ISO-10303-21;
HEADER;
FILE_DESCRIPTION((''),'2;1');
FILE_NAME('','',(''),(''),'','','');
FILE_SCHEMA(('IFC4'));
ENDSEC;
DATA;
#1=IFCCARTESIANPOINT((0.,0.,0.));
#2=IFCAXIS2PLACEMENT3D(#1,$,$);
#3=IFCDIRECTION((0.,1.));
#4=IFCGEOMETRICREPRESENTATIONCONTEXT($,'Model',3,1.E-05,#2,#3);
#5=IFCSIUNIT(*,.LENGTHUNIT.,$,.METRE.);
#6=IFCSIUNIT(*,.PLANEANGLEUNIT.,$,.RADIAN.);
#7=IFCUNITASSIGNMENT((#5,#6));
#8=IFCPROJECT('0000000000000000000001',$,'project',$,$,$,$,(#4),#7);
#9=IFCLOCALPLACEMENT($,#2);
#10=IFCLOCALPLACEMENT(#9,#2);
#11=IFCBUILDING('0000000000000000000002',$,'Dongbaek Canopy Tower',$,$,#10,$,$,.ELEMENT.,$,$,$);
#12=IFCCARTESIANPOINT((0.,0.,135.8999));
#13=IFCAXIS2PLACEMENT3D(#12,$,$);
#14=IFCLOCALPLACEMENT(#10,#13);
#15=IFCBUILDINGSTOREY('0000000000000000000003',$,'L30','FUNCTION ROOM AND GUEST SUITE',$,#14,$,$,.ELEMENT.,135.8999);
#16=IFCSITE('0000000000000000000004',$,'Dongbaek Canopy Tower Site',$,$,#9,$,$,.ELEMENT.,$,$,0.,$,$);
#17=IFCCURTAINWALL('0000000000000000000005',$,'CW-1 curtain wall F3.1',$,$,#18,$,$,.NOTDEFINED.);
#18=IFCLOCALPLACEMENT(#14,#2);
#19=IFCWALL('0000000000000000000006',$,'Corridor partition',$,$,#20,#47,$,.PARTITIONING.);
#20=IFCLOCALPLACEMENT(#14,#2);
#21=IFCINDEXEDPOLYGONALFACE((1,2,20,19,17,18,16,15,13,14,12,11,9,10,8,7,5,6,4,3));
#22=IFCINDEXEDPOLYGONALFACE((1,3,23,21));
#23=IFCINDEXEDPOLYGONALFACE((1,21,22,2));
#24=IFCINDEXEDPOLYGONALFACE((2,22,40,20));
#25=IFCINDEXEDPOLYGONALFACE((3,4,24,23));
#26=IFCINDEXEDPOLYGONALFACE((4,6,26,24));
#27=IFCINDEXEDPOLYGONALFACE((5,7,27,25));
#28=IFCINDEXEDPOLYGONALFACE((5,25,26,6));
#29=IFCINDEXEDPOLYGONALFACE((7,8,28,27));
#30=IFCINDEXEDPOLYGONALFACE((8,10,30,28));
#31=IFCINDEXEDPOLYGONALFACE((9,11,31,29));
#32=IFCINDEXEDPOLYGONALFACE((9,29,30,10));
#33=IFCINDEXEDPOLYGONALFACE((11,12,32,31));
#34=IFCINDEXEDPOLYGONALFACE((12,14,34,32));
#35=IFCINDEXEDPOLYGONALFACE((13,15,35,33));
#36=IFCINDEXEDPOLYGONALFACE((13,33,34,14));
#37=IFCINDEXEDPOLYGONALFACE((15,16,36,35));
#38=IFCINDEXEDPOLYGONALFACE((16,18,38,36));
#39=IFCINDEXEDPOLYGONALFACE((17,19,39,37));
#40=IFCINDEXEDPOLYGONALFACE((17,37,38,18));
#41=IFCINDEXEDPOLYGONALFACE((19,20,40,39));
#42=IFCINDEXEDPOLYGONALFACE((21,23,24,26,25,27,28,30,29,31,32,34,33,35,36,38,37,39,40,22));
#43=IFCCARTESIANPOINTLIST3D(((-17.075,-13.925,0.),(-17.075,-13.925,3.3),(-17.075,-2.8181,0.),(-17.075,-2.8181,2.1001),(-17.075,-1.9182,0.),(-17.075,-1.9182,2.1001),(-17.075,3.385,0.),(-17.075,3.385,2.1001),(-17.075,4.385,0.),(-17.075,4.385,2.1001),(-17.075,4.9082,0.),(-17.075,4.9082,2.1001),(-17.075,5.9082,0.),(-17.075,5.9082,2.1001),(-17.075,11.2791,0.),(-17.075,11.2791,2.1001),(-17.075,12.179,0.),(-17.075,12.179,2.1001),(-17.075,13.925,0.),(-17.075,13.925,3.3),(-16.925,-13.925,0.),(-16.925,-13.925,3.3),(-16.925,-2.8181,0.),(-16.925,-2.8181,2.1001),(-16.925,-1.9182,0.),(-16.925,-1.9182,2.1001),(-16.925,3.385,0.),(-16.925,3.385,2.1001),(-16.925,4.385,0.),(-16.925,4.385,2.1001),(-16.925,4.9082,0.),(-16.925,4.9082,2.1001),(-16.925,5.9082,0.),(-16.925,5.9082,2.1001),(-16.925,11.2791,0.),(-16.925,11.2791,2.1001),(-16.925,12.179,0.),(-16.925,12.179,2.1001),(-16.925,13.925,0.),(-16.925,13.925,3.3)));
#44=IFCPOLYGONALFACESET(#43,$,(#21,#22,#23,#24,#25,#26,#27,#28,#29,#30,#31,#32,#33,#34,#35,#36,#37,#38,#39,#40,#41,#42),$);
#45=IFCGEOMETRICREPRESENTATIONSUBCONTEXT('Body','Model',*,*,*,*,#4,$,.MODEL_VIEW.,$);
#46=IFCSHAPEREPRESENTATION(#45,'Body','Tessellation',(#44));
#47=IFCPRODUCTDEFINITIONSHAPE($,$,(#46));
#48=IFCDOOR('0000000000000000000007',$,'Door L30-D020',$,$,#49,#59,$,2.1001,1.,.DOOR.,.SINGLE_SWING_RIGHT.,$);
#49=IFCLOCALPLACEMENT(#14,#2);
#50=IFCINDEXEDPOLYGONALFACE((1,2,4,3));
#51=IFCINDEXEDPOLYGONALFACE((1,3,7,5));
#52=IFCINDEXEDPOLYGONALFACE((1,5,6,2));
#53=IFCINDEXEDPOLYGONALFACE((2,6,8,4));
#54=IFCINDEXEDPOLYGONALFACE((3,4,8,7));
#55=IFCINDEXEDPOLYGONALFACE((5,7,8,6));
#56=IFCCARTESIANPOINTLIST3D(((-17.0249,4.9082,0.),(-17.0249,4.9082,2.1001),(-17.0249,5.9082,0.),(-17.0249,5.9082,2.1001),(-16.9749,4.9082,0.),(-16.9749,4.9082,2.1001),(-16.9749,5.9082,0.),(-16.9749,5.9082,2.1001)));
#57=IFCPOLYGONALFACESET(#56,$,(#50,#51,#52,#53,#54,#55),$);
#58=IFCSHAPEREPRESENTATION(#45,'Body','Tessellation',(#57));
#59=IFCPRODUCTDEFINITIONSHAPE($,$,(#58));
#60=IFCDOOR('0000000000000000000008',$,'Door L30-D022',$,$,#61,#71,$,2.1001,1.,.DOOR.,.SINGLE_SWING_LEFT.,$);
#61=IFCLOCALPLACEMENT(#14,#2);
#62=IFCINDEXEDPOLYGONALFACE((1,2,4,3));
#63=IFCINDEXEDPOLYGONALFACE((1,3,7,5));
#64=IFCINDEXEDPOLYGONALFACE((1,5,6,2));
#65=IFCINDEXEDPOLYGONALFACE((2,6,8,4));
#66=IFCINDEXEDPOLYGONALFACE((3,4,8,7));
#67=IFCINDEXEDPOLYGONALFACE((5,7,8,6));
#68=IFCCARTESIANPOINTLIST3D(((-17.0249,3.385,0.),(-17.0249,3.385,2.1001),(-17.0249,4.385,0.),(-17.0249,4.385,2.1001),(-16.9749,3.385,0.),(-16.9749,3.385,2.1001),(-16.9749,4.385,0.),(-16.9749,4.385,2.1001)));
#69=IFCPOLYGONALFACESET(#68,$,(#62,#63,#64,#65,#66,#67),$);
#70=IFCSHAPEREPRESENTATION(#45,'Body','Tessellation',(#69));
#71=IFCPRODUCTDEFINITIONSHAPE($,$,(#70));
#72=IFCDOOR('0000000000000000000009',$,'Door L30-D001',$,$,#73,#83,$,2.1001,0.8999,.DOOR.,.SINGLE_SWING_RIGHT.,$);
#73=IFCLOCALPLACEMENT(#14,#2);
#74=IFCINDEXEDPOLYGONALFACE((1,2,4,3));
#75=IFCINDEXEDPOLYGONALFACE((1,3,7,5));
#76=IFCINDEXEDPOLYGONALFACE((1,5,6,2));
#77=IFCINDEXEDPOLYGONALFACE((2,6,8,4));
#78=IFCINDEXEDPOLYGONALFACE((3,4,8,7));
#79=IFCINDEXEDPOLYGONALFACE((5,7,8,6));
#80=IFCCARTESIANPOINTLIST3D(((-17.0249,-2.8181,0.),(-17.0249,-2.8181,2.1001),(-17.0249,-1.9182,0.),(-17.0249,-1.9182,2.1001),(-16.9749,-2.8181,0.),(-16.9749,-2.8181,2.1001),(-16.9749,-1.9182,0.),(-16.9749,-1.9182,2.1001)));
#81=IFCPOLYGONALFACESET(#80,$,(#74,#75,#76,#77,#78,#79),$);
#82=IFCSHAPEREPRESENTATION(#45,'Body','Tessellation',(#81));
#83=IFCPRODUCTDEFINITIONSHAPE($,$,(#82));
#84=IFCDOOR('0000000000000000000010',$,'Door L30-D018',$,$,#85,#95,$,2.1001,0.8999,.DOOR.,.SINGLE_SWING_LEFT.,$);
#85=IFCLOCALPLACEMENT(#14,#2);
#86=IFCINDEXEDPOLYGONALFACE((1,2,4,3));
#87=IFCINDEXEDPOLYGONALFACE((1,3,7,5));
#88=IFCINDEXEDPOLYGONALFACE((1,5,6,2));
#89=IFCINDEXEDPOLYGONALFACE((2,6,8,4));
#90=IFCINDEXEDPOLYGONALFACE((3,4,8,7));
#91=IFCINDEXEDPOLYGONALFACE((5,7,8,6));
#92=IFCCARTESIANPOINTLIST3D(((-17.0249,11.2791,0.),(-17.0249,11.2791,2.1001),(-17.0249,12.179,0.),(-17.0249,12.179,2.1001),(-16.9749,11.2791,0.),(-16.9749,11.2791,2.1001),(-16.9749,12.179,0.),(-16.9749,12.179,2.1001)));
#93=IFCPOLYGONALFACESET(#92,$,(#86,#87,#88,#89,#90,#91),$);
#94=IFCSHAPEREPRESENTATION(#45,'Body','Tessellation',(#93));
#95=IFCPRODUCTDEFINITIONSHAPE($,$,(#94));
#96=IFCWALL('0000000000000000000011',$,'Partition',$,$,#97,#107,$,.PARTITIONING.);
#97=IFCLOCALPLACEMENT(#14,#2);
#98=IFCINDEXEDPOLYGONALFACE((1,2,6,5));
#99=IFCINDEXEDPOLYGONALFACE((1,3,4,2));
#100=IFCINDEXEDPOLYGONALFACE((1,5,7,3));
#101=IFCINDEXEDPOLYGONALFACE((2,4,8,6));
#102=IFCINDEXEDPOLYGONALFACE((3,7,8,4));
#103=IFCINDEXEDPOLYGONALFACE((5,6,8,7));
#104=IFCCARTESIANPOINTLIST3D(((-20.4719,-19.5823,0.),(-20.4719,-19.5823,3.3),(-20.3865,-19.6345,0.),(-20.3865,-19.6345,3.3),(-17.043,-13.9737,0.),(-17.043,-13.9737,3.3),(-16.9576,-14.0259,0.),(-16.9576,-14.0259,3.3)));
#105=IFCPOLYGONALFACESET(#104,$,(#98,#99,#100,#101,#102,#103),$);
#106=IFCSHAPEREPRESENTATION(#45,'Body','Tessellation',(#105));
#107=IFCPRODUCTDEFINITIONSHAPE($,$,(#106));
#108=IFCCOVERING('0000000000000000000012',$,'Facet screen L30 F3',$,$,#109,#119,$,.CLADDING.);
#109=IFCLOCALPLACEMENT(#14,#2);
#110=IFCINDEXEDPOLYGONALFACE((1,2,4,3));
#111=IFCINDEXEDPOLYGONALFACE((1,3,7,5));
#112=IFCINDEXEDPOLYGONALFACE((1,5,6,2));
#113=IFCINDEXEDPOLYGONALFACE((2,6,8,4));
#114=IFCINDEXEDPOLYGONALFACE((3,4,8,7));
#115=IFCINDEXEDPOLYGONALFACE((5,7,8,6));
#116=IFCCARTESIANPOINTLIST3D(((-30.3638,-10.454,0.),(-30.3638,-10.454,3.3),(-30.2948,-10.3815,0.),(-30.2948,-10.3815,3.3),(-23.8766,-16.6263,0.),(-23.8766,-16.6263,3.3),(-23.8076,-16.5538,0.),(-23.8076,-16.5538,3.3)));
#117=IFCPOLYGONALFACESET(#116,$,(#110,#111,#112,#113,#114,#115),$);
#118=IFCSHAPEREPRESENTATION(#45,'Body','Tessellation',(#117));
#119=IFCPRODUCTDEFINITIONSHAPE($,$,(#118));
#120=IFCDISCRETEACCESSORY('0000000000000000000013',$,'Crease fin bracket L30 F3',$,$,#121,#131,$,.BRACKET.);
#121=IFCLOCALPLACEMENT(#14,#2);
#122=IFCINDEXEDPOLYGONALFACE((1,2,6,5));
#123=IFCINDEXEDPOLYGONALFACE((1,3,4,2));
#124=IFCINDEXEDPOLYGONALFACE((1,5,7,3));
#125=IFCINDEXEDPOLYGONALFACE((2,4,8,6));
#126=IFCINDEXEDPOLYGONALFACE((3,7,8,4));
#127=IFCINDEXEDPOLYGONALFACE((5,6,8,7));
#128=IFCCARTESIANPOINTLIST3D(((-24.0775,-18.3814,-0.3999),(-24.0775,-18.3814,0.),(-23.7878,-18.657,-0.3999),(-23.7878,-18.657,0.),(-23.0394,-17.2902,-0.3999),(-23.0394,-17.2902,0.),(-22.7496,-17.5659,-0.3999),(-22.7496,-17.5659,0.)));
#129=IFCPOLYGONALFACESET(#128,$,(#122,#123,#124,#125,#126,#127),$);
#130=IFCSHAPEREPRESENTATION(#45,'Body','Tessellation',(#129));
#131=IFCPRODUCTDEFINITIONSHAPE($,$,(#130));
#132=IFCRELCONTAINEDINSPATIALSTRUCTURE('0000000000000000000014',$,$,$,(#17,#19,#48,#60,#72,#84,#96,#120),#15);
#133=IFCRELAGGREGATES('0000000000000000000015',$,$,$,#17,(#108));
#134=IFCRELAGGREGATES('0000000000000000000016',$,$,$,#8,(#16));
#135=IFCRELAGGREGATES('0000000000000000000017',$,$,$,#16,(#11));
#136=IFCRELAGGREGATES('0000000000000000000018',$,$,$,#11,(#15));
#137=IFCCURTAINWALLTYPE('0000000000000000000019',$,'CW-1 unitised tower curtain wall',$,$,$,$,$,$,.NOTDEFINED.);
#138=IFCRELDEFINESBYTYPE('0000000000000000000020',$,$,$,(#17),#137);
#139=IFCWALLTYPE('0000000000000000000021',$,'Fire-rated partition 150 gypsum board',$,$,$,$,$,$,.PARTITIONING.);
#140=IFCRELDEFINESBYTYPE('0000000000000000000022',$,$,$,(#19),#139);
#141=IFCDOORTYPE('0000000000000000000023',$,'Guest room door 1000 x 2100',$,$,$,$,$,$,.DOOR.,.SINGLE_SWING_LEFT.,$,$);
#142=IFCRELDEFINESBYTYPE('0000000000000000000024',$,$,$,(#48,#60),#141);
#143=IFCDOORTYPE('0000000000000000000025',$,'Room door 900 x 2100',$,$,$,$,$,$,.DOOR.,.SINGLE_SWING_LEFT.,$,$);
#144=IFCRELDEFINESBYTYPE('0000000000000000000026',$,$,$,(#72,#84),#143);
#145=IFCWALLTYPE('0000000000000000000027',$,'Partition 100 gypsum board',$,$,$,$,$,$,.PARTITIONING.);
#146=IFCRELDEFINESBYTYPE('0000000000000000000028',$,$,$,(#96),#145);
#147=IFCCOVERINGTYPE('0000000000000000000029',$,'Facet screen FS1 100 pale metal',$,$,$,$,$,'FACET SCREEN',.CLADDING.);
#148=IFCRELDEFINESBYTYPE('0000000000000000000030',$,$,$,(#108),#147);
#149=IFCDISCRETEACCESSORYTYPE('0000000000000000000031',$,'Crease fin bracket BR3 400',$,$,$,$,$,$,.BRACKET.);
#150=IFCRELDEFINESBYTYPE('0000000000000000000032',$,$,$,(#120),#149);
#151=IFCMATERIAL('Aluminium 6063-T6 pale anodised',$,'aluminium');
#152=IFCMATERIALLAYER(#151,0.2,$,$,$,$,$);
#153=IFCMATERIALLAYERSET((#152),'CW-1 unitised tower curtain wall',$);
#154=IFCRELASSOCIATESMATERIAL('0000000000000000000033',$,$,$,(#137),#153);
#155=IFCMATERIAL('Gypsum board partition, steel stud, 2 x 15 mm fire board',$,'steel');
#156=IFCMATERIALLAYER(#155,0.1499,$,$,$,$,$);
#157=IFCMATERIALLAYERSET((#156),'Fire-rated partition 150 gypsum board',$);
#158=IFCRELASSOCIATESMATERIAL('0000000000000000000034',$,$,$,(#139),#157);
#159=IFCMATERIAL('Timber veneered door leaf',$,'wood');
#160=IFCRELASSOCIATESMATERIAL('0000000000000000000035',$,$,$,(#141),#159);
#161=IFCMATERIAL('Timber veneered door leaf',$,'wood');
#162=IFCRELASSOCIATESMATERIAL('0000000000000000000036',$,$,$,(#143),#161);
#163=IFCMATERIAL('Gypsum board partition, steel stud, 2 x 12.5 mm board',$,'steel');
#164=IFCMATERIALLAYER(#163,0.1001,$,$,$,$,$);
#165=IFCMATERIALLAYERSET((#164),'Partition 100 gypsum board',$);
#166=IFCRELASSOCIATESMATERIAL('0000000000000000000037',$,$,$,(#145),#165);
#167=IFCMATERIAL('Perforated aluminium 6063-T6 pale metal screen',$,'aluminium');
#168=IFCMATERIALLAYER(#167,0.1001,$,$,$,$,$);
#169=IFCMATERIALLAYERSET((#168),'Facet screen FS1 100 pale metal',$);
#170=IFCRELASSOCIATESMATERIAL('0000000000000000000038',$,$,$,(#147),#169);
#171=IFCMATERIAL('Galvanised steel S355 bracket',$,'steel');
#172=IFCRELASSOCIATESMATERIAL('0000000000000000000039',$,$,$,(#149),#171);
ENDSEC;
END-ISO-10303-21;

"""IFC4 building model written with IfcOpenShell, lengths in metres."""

from ifc_helpers import new_model, si_unit, direction, frame, frame_2d, origin, origin_2d, place, context, subcontext, project, spatial, rectangle, extrude, material, layer, layer_set, type_object, element, fill, aggregate, save


model = new_model("IFC4")

# Units and contexts
model_context = context("Model", 3, precision=1e-05, world=origin(), true_north=direction((0.0, 1.0)))
body_context = subcontext(model_context, "Body", "Model", "MODEL_VIEW")
ifc_project = project(units=[si_unit("LENGTHUNIT", "METRE"), si_unit("PLANEANGLEUNIT", "RADIAN")], contexts=[model_context])

# Site, building, storey
site_placement = place(None, origin())
site = spatial("IfcSite", under=ifc_project, at=site_placement, Name="Dongbaek Canopy Tower Site", CompositionType="ELEMENT", RefElevation=0.0)
building_placement = place(site_placement, origin())
building = spatial("IfcBuilding", under=site, at=building_placement, Name="Dongbaek Canopy Tower", CompositionType="ELEMENT")
storey_placement = place(building_placement, frame((0.0, 0.0, 135.8999)))
storey = spatial("IfcBuildingStorey", under=building, at=storey_placement, Name="L30", Description="FUNCTION ROOM AND GUEST SUITE", CompositionType="ELEMENT", Elevation=135.8999)

# Curtain wall
ifc_material_1 = material(Name="Aluminium 6063-T6 pale anodised", Category="aluminium")
ifc_layer_1 = layer(ifc_material_1, 0.2)
ifc_layer_set_1 = layer_set([ifc_layer_1], Name="CW-1 unitised tower curtain wall")
curtain_wall_type = type_object("IfcCurtainWallType", Name="CW-1 unitised tower curtain wall", PredefinedType="NOTDEFINED", material=ifc_layer_set_1)
curtain_wall_placement = place(storey_placement, origin())
curtain_wall = element("IfcCurtainWall", 1, at=curtain_wall_placement, inside=storey, type_object=curtain_wall_type, Name="CW-1 curtain wall F3.1", PredefinedType="NOTDEFINED")

# Wall, openings, doors
ifc_material_2 = material(Name="Gypsum board partition, steel stud, 2 x 15 mm fire board", Category="steel")
ifc_layer_2 = layer(ifc_material_2, 0.1499)
ifc_layer_set_2 = layer_set([ifc_layer_2], Name="Fire-rated partition 150 gypsum board")
wall_type_1 = type_object("IfcWallType", Name="Fire-rated partition 150 gypsum board", PredefinedType="PARTITIONING", material=ifc_layer_set_2)
wall_1_placement = place(storey_placement, frame((-17.0, -13.925, 0.0), z_axis=(0.0, 0.0, 1.0), x_axis=(0.0, 1.0, 0.0)))
wall_1 = element("IfcWall", 2, at=wall_1_placement, inside=storey, type_object=wall_type_1, Name="Corridor partition", PredefinedType="PARTITIONING", context=body_context, shape_type="SweptSolid", body=[
    extrude(rectangle(XDim=27.8501, YDim=0.1499, at=frame_2d((13.925, 0.0))), origin(), (0.0, 0.0, 1.0), 3.3),
])
opening_1_placement = place(wall_1_placement, frame((11.1069, 0.0, 0.0)))
opening_1 = element("IfcOpeningElement", 3, at=opening_1_placement, cuts=wall_1, PredefinedType="OPENING", context=body_context, shape_type="SweptSolid", body=[
    extrude(rectangle(XDim=0.8999, YDim=2.1001, at=frame_2d((0.45, 1.05))), frame((0.0, 0.085, 0.0), z_axis=(0.0, -1.0, 0.0), x_axis=(1.0, 0.0, 0.0)), (0.0, 0.0, 1.0), 0.1699),
])
opening_2_placement = place(wall_1_placement, frame((25.2041, 0.0, 0.0)))
opening_2 = element("IfcOpeningElement", 4, at=opening_2_placement, cuts=wall_1, PredefinedType="OPENING", context=body_context, shape_type="SweptSolid", body=[
    extrude(rectangle(XDim=0.8999, YDim=2.1001, at=frame_2d((0.45, 1.05))), frame((0.0, 0.085, 0.0), z_axis=(0.0, -1.0, 0.0), x_axis=(1.0, 0.0, 0.0)), (0.0, 0.0, 1.0), 0.1699),
])
opening_3_placement = place(wall_1_placement, frame((18.8333, 0.0, 0.0)))
opening_3 = element("IfcOpeningElement", 5, at=opening_3_placement, cuts=wall_1, PredefinedType="OPENING", context=body_context, shape_type="SweptSolid", body=[
    extrude(rectangle(XDim=1.0, YDim=2.1001, at=frame_2d((0.5, 1.05))), frame((0.0, 0.085, 0.0), z_axis=(0.0, -1.0, 0.0), x_axis=(1.0, 0.0, 0.0)), (0.0, 0.0, 1.0), 0.1699),
])
opening_4_placement = place(wall_1_placement, frame((17.3101, 0.0, 0.0)))
opening_4 = element("IfcOpeningElement", 6, at=opening_4_placement, cuts=wall_1, PredefinedType="OPENING", context=body_context, shape_type="SweptSolid", body=[
    extrude(rectangle(XDim=1.0, YDim=2.1001, at=frame_2d((0.5, 1.05))), frame((0.0, 0.085, 0.0), z_axis=(0.0, -1.0, 0.0), x_axis=(1.0, 0.0, 0.0)), (0.0, 0.0, 1.0), 0.1699),
])
ifc_material_3 = material(Name="Timber veneered door leaf", Category="wood")
door_type_1 = type_object("IfcDoorType", Name="Guest room door 1000 x 2100", OperationType="SINGLE_SWING_LEFT", PredefinedType="DOOR", material=ifc_material_3)
door_1_placement = place(opening_3_placement, origin())
door_1 = element("IfcDoor", 7, at=door_1_placement, inside=storey, type_object=door_type_1, Name="Door L30-D020", OperationType="SINGLE_SWING_RIGHT", OverallHeight=2.1001, OverallWidth=1.0, PredefinedType="DOOR", context=body_context, shape_type="SweptSolid", body=[
    extrude(rectangle(XDim=1.0, YDim=2.1001, at=frame_2d((0.5, 1.05))), frame((0.0, 0.0249, 0.0), z_axis=(0.0, -1.0, 0.0), x_axis=(1.0, 0.0, 0.0)), (0.0, 0.0, 1.0), 0.05),
])
fill(opening_3, door_1)
door_2_placement = place(opening_4_placement, origin())
door_2 = element("IfcDoor", 8, at=door_2_placement, inside=storey, type_object=door_type_1, Name="Door L30-D022", OperationType="SINGLE_SWING_LEFT", OverallHeight=2.1001, OverallWidth=1.0, PredefinedType="DOOR", context=body_context, shape_type="SweptSolid", body=[
    extrude(rectangle(XDim=1.0, YDim=2.1001, at=frame_2d((0.5, 1.05))), frame((0.0, 0.0249, 0.0), z_axis=(0.0, -1.0, 0.0), x_axis=(1.0, 0.0, 0.0)), (0.0, 0.0, 1.0), 0.05),
])
fill(opening_4, door_2)
ifc_material_4 = material(Name="Timber veneered door leaf", Category="wood")
door_type_2 = type_object("IfcDoorType", Name="Room door 900 x 2100", OperationType="SINGLE_SWING_LEFT", PredefinedType="DOOR", material=ifc_material_4)
door_3_placement = place(opening_1_placement, origin())
door_3 = element("IfcDoor", 9, at=door_3_placement, inside=storey, type_object=door_type_2, Name="Door L30-D001", OperationType="SINGLE_SWING_RIGHT", OverallHeight=2.1001, OverallWidth=0.8999, PredefinedType="DOOR", context=body_context, shape_type="SweptSolid", body=[
    extrude(rectangle(XDim=0.8999, YDim=2.1001, at=frame_2d((0.45, 1.05))), frame((0.0, 0.0249, 0.0), z_axis=(0.0, -1.0, 0.0), x_axis=(1.0, 0.0, 0.0)), (0.0, 0.0, 1.0), 0.05),
])
fill(opening_1, door_3)
door_4_placement = place(opening_2_placement, origin())
door_4 = element("IfcDoor", 10, at=door_4_placement, inside=storey, type_object=door_type_2, Name="Door L30-D018", OperationType="SINGLE_SWING_LEFT", OverallHeight=2.1001, OverallWidth=0.8999, PredefinedType="DOOR", context=body_context, shape_type="SweptSolid", body=[
    extrude(rectangle(XDim=0.8999, YDim=2.1001, at=frame_2d((0.45, 1.05))), frame((0.0, 0.0249, 0.0), z_axis=(0.0, -1.0, 0.0), x_axis=(1.0, 0.0, 0.0)), (0.0, 0.0, 1.0), 0.05),
])
fill(opening_2, door_4)

# Wall
ifc_material_5 = material(Name="Gypsum board partition, steel stud, 2 x 12.5 mm board", Category="steel")
ifc_layer_3 = layer(ifc_material_5, 0.1001)
ifc_layer_set_3 = layer_set([ifc_layer_3], Name="Partition 100 gypsum board")
wall_type_2 = type_object("IfcWallType", Name="Partition 100 gypsum board", PredefinedType="PARTITIONING", material=ifc_layer_set_3)
wall_2_placement = place(storey_placement, frame((-20.4292, -19.6084, 0.0), z_axis=(0.0, 0.0, 1.0), x_axis=(0.521611, 0.853184, 0.0)))
element("IfcWall", 11, at=wall_2_placement, inside=storey, type_object=wall_type_2, Name="Partition", PredefinedType="PARTITIONING", context=body_context, shape_type="SweptSolid", body=[
    extrude(rectangle(XDim=6.5737, YDim=0.1001, at=frame_2d((3.2869, 0.0))), origin(), (0.0, 0.0, 1.0), 3.3),
])

# Covering
ifc_material_6 = material(Name="Perforated aluminium 6063-T6 pale metal screen", Category="aluminium")
ifc_layer_4 = layer(ifc_material_6, 0.1001)
ifc_layer_set_4 = layer_set([ifc_layer_4], Name="Facet screen FS1 100 pale metal")
covering_type = type_object("IfcCoveringType", Name="Facet screen FS1 100 pale metal", ElementType="FACET SCREEN", PredefinedType="CLADDING", material=ifc_layer_set_4)
covering_placement = place(storey_placement, frame((-27.0857, -13.5039, 0.0), z_axis=(0.0, 0.0, 1.0), x_axis=(0.724474, -0.689302, 0.0)))
covering = element("IfcCovering", 12, at=covering_placement, type_object=covering_type, Name="Facet screen L30 F3", PredefinedType="CLADDING", context=body_context, shape_type="SweptSolid", body=[
    extrude(rectangle(XDim=8.9543, YDim=0.1001, at=origin_2d()), origin(), (0.0, 0.0, 1.0), 3.3),
])
aggregate(curtain_wall, [covering])

# Discrete accessory
ifc_material_7 = material(Name="Galvanised steel S355 bracket", Category="steel")
discrete_accessory_type = type_object("IfcDiscreteAccessoryType", Name="Crease fin bracket BR3 400", PredefinedType="BRACKET", material=ifc_material_7)
discrete_accessory_placement = place(storey_placement, frame((-23.4136, -17.9736, -0.3999), z_axis=(0.0, 0.0, 1.0), x_axis=(-0.689302, -0.724474, 0.0)))
element("IfcDiscreteAccessory", 13, at=discrete_accessory_placement, inside=storey, type_object=discrete_accessory_type, Name="Crease fin bracket L30 F3", PredefinedType="BRACKET", context=body_context, shape_type="SweptSolid", body=[
    extrude(rectangle(XDim=1.5061, YDim=0.3999, at=origin_2d()), origin(), (0.0, 0.0, 1.0), 0.3999),
])

save(model, "model.ifc")
